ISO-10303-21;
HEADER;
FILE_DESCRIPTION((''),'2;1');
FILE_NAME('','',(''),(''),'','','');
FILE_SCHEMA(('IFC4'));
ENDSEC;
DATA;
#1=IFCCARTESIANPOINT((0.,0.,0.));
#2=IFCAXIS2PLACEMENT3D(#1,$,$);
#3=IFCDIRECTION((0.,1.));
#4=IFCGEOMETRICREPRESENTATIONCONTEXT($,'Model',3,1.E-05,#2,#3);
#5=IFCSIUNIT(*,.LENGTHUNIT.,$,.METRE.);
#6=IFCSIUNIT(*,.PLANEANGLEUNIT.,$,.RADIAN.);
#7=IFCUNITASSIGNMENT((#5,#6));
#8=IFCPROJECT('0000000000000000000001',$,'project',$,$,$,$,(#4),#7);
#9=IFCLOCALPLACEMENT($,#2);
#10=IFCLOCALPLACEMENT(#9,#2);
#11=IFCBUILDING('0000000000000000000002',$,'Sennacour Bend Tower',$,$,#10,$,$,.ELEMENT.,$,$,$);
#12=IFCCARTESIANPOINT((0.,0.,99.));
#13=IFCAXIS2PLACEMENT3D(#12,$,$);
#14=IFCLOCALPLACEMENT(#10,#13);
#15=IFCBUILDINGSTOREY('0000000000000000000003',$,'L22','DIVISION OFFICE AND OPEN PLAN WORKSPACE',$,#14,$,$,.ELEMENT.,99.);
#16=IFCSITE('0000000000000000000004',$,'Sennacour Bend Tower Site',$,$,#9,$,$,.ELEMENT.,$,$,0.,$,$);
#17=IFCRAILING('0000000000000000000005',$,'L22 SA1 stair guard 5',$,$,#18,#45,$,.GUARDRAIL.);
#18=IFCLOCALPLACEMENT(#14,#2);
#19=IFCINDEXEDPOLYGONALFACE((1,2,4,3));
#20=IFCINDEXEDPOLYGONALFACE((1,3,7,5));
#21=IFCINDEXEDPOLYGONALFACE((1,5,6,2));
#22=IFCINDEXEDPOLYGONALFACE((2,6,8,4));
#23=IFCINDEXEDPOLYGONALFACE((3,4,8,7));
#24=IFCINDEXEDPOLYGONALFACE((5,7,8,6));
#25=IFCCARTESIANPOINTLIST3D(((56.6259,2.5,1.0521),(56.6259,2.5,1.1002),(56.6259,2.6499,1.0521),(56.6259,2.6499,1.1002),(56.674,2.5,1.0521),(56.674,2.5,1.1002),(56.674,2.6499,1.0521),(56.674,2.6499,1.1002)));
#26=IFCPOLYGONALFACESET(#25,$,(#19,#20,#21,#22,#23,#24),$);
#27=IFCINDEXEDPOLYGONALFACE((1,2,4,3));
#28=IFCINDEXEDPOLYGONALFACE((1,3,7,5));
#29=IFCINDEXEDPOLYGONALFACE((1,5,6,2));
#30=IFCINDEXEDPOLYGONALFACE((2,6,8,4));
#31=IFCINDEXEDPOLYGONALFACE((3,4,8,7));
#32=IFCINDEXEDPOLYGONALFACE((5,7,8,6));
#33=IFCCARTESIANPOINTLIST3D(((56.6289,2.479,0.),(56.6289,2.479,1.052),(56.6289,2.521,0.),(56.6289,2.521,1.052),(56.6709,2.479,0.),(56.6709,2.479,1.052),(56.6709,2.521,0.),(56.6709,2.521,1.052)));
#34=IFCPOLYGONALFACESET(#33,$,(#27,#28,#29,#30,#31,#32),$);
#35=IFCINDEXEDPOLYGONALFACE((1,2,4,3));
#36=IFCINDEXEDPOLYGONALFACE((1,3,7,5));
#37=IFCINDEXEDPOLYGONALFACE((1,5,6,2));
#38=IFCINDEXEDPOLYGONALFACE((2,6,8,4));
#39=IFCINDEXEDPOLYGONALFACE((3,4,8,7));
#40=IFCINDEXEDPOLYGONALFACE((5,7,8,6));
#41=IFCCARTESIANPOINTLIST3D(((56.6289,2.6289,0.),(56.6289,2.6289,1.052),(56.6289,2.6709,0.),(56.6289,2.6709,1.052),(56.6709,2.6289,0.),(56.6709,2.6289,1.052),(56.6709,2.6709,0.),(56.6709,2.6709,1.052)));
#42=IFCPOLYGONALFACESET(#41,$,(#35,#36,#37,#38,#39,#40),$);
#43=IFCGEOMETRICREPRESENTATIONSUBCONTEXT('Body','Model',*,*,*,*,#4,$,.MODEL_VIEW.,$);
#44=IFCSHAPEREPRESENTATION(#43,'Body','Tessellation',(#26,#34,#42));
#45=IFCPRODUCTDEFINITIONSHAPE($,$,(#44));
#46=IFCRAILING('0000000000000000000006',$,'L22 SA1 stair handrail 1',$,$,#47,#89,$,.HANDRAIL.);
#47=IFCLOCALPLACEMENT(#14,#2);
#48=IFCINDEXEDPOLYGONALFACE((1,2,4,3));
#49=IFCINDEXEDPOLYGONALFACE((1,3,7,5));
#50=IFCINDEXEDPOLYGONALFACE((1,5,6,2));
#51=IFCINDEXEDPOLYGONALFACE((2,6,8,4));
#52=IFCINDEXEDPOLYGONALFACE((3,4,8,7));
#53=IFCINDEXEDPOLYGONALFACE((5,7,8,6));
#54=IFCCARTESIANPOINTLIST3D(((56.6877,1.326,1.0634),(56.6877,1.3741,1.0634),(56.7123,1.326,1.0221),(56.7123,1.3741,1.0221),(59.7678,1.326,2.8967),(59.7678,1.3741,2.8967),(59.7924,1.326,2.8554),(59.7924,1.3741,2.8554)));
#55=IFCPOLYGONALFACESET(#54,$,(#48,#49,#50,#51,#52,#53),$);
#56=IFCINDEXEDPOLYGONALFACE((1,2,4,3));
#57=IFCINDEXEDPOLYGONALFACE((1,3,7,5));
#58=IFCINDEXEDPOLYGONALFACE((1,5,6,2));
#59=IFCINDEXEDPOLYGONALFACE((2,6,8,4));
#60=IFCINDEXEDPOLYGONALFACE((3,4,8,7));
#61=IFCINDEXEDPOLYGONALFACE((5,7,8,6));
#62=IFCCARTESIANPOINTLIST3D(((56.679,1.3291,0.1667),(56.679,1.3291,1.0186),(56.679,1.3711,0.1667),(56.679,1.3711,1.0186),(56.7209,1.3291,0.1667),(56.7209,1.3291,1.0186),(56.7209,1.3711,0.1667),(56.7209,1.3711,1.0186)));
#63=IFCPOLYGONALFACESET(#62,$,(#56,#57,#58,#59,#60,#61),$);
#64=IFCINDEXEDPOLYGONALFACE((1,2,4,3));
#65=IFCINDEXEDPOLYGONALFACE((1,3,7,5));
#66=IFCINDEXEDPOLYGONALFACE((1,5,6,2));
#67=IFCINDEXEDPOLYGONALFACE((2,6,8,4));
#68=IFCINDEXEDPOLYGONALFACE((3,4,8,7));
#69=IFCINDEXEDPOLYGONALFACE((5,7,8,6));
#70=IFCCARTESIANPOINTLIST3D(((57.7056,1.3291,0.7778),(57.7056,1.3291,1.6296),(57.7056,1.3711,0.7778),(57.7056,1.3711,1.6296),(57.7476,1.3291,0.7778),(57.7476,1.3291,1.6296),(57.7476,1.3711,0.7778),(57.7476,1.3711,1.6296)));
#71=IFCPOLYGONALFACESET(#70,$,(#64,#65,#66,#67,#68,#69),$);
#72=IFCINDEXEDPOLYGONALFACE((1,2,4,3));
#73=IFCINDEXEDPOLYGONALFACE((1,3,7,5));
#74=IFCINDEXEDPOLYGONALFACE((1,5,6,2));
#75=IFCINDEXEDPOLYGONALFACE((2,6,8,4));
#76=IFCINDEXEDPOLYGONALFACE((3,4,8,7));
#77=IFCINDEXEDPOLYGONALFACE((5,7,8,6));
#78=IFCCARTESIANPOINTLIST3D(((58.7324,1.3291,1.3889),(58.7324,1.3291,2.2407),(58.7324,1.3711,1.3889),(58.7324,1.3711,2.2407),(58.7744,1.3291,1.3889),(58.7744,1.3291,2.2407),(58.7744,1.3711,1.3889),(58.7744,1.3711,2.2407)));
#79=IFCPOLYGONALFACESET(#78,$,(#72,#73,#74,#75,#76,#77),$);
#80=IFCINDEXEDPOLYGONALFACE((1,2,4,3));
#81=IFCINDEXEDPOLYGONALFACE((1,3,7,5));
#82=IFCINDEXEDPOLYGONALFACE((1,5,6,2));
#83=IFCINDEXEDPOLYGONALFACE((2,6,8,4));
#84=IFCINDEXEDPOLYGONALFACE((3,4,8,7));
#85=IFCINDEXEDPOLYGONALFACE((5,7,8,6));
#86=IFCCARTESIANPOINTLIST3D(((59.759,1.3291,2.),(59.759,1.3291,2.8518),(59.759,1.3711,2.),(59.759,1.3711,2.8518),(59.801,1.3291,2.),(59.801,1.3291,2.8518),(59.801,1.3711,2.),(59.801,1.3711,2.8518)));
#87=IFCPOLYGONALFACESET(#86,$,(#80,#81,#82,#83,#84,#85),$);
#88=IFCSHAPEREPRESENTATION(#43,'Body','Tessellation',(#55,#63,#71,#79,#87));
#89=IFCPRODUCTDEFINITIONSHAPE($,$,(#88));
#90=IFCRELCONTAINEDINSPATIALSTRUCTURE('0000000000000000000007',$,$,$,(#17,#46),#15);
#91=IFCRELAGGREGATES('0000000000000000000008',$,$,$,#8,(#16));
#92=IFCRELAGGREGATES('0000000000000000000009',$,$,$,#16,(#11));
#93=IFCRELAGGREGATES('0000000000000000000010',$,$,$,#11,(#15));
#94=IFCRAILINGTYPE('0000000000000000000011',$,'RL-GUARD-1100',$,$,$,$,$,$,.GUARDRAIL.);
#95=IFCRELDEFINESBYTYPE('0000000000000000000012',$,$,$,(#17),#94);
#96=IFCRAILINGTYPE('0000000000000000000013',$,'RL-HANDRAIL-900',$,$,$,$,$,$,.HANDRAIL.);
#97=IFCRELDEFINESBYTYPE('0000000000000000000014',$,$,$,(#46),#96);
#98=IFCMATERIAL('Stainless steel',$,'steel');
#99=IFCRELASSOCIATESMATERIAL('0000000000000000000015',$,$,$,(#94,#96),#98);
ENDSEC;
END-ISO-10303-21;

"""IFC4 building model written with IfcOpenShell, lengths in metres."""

from ifc_helpers import new_model, si_unit, direction, frame, origin, origin_2d, place, context, subcontext, project, spatial, rectangle, extrude, material, type_object, element, save


model = new_model("IFC4")

# Units and contexts
model_context = context("Model", 3, precision=1e-05, world=origin(), true_north=direction((0.0, 1.0)))
body_context = subcontext(model_context, "Body", "Model", "MODEL_VIEW")
ifc_project = project(units=[si_unit("LENGTHUNIT", "METRE"), si_unit("PLANEANGLEUNIT", "RADIAN")], contexts=[model_context])

# Site, building, storey
site_placement = place(None, origin())
site = spatial("IfcSite", under=ifc_project, at=site_placement, Name="Sennacour Bend Tower Site", CompositionType="ELEMENT", RefElevation=0.0)
building_placement = place(site_placement, origin())
building = spatial("IfcBuilding", under=site, at=building_placement, Name="Sennacour Bend Tower", CompositionType="ELEMENT")
storey_placement = place(building_placement, frame((0.0, 0.0, 99.0)))
storey = spatial("IfcBuildingStorey", under=building, at=storey_placement, Name="L22", Description="DIVISION OFFICE AND OPEN PLAN WORKSPACE", CompositionType="ELEMENT", Elevation=99.0)

# Shared definitions
ifc_material_1 = material(Name="Stainless steel", Category="steel")

# Railings
railing_type_1 = type_object("IfcRailingType", Name="RL-GUARD-1100", PredefinedType="GUARDRAIL", material=ifc_material_1)
railing_1_placement = place(storey_placement, frame((56.6499, 2.5, 0.0)))
element("IfcRailing", 1, at=railing_1_placement, inside=storey, type_object=railing_type_1, Name="L22 SA1 stair guard 5", PredefinedType="GUARDRAIL", context=body_context, shape_type="SweptSolid", body=[
    extrude(rectangle(XDim=0.0481, YDim=0.0481, at=origin_2d()), frame((0.0, 0.0, 1.0762), z_axis=(0.0, 1.0, 0.0), x_axis=(-1.0, 0.0, 0.0)), (0.0, 0.0, 1.0), 0.1499),
    extrude(rectangle(XDim=0.042, YDim=0.042, at=origin_2d()), origin(), (0.0, 0.0, 1.0), 1.052),
    extrude(rectangle(XDim=0.042, YDim=0.042, at=origin_2d()), frame((0.0, 0.1499, 0.0)), (0.0, 0.0, 1.0), 1.052),
])
railing_type_2 = type_object("IfcRailingType", Name="RL-HANDRAIL-900", PredefinedType="HANDRAIL", material=ifc_material_1)
railing_2_placement = place(storey_placement, frame((56.7, 1.3501, 0.1667)))
element("IfcRailing", 2, at=railing_2_placement, inside=storey, type_object=railing_type_2, Name="L22 SA1 stair handrail 1", PredefinedType="HANDRAIL", context=body_context, shape_type="SweptSolid", body=[
    extrude(rectangle(XDim=0.0481, YDim=0.0481, at=origin_2d()), frame((0.0, 0.0, 0.876), z_axis=(0.859309, 0.0, 0.511458), x_axis=(0.0, 1.0, 0.0)), (0.0, 0.0, 1.0), 3.5845),
    extrude(rectangle(XDim=0.042, YDim=0.042, at=origin_2d()), origin(), (0.0, 0.0, 1.0), 0.8518),
    extrude(rectangle(XDim=0.042, YDim=0.042, at=origin_2d()), frame((1.0266, 0.0, 0.6111)), (0.0, 0.0, 1.0), 0.8518),
    extrude(rectangle(XDim=0.042, YDim=0.042, at=origin_2d()), frame((2.0535, 0.0, 1.2222)), (0.0, 0.0, 1.0), 0.8518),
    extrude(rectangle(XDim=0.042, YDim=0.042, at=origin_2d()), frame((3.0801, 0.0, 1.8333)), (0.0, 0.0, 1.0), 0.8518),
])

save(model, "model.ifc")
